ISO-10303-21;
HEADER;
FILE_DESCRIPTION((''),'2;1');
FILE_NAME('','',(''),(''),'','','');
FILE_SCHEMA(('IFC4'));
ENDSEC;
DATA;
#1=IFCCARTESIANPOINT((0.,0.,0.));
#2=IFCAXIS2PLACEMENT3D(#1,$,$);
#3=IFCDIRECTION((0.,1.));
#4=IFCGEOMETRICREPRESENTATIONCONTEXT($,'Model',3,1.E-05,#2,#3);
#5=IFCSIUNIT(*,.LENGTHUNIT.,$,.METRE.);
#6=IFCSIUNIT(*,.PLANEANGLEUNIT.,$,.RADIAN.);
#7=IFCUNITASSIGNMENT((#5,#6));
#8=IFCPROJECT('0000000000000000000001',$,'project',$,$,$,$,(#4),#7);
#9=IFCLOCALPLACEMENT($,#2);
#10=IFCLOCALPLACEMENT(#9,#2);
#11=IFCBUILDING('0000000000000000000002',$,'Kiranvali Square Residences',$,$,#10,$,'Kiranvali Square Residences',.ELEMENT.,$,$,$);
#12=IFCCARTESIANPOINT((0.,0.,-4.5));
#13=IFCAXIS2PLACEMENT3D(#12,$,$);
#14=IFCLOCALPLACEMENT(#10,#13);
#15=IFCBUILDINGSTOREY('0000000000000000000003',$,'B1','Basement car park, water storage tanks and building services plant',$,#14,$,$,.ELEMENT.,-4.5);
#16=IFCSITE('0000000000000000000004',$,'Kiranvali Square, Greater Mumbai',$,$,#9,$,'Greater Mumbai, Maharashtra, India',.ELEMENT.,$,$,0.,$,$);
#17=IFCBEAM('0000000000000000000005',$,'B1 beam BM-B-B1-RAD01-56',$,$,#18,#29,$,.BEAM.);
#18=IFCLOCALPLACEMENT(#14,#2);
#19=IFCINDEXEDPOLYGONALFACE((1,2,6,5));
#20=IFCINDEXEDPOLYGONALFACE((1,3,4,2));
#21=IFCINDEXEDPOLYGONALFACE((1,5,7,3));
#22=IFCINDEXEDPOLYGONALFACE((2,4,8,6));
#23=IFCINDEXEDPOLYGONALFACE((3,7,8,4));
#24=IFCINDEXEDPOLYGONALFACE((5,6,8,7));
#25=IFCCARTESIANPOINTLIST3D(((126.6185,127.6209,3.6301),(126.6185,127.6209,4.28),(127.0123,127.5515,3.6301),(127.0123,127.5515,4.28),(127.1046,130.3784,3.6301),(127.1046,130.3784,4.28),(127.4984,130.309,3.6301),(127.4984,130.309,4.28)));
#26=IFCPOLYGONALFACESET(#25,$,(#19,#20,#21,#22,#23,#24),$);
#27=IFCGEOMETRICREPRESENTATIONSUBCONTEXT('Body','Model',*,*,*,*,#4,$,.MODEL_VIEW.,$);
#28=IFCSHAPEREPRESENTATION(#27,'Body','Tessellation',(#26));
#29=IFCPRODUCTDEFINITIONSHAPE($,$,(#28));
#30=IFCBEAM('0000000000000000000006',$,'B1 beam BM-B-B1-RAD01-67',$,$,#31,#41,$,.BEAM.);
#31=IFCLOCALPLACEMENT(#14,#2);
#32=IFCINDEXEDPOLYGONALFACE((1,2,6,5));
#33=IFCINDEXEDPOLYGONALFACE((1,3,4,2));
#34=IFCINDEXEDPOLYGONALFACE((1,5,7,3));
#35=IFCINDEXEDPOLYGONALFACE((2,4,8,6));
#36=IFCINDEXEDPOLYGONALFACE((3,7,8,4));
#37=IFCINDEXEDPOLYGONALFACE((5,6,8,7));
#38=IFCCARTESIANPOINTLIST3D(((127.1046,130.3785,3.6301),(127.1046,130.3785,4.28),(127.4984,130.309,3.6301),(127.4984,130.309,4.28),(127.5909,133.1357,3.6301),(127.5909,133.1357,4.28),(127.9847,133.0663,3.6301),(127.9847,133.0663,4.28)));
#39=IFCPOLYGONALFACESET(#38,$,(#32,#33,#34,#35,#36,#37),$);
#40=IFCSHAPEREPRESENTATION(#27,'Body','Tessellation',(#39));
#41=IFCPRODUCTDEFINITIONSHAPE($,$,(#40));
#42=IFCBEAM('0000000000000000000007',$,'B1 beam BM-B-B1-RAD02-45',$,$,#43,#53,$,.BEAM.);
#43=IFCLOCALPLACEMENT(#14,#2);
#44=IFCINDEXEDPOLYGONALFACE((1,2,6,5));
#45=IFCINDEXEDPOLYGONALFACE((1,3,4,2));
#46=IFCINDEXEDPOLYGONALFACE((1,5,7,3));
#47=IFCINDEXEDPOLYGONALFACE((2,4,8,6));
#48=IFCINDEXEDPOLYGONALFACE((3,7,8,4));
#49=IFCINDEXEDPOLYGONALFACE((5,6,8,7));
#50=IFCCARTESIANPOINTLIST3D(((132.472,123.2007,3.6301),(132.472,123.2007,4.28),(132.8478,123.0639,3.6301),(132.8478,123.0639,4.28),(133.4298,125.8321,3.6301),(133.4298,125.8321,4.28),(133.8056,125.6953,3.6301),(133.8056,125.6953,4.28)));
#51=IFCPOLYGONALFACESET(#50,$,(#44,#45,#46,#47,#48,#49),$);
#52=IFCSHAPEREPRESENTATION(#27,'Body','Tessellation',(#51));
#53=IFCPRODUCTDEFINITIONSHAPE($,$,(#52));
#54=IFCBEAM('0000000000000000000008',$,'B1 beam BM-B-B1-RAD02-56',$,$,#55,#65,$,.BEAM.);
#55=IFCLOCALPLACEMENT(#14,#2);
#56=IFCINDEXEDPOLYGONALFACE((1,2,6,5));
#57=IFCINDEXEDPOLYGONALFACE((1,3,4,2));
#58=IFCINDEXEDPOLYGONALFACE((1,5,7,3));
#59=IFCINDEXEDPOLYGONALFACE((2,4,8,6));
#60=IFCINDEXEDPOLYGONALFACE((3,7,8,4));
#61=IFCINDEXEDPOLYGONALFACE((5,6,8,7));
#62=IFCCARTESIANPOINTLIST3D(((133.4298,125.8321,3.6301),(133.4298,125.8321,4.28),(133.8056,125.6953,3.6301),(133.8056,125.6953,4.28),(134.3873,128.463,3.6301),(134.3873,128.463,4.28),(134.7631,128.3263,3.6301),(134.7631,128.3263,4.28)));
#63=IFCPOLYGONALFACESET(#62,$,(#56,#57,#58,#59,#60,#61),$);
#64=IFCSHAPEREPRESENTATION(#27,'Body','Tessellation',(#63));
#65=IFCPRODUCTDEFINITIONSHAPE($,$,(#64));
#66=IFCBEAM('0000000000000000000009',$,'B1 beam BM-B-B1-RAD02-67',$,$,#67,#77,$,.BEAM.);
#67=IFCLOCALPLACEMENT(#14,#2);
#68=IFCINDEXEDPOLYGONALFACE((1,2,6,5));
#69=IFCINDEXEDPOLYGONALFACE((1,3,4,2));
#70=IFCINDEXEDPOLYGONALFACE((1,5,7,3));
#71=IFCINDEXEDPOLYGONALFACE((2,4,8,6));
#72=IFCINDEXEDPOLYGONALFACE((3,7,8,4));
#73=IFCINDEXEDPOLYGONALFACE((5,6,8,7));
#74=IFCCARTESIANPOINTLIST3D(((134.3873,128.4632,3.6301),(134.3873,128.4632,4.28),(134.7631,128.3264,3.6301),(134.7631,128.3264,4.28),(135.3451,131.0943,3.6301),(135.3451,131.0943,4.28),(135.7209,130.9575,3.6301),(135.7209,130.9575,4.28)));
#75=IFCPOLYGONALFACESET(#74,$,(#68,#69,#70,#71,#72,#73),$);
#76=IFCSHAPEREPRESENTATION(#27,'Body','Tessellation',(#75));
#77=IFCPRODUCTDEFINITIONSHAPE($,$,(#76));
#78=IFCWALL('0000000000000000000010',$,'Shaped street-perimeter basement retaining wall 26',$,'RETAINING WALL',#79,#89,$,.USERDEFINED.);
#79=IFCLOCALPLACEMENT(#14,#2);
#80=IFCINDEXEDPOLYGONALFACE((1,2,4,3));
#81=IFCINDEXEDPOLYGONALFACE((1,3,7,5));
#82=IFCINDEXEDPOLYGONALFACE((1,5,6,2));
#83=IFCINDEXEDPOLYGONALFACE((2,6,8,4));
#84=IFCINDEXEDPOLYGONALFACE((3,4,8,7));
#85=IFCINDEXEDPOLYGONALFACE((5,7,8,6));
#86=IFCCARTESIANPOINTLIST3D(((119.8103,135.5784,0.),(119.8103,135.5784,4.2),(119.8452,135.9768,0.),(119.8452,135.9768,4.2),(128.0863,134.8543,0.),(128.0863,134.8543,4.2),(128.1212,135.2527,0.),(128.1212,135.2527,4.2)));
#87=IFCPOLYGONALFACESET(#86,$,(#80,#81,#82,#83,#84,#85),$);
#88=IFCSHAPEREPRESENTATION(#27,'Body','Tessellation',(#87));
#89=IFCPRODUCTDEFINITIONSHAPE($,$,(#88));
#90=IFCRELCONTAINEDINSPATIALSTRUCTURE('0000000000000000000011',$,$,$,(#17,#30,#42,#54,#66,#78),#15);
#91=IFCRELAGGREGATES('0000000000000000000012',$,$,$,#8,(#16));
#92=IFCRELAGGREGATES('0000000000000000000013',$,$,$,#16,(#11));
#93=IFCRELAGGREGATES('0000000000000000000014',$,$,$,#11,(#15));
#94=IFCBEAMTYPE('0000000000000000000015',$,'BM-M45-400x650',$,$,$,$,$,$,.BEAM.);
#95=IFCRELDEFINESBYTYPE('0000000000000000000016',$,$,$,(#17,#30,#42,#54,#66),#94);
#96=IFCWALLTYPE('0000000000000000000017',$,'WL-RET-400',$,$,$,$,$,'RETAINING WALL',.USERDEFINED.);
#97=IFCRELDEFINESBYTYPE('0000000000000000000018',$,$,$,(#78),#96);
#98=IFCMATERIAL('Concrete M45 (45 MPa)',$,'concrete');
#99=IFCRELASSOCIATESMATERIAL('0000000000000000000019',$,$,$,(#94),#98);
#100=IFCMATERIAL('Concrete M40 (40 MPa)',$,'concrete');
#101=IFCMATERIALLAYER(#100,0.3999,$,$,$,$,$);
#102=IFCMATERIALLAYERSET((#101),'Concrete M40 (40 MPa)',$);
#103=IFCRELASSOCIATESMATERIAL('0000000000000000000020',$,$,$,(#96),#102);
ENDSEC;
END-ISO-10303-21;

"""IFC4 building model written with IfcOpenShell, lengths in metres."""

from ifc_helpers import new_model, si_unit, direction, frame, frame_2d, origin, origin_2d, place, context, subcontext, project, spatial, rectangle, extrude, material, layer, layer_set, material_profile, profile_set, type_object, element, save


model = new_model("IFC4")

# Units and contexts
model_context = context("Model", 3, precision=1e-05, world=origin(), true_north=direction((0.0, 1.0)))
body_context = subcontext(model_context, "Body", "Model", "MODEL_VIEW")
ifc_project = project(units=[si_unit("LENGTHUNIT", "METRE"), si_unit("PLANEANGLEUNIT", "RADIAN")], contexts=[model_context])

# Site, building, storey
site_placement = place(None, origin())
site = spatial("IfcSite", under=ifc_project, at=site_placement, Name="Kiranvali Square, Greater Mumbai", LongName="Greater Mumbai, Maharashtra, India", CompositionType="ELEMENT", RefElevation=0.0)
building_placement = place(site_placement, origin())
building = spatial("IfcBuilding", under=site, at=building_placement, Name="Kiranvali Square Residences", LongName="Kiranvali Square Residences", CompositionType="ELEMENT")
storey_placement = place(building_placement, frame((0.0, 0.0, -4.5)))
storey = spatial("IfcBuildingStorey", under=building, at=storey_placement, Name="B1", Description="Basement car park, water storage tanks and building services plant", CompositionType="ELEMENT", Elevation=-4.5)

# Shared definitions
ifc_material_1 = material(Name="Concrete M40 (40 MPa)", Category="concrete")

# Beams
ifc_material_2 = material(Name="Concrete M45 (45 MPa)", Category="concrete")
ifc_material_profile_1 = material_profile(ifc_material_2, rectangle(XDim=0.3999, YDim=0.6499, at=origin_2d()), Name="RC 400x650")
ifc_profile_set_1 = profile_set([ifc_material_profile_1], Name="Concrete M45 (45 MPa)")
beam_type = type_object("IfcBeamType", Name="BM-M45-400x650", PredefinedType="BEAM", material=ifc_profile_set_1)
beam_1_placement = place(storey_placement, frame((126.8154, 127.5862, 3.9551), z_axis=(0.173596, 0.984817, 0.0), x_axis=(-0.984817, 0.173596, 0.0)))
element("IfcBeam", 1, at=beam_1_placement, inside=storey, type_object=beam_type, Name="B1 beam BM-B-B1-RAD01-56", PredefinedType="BEAM", context=body_context, shape_type="SweptSolid", body=[
    extrude(rectangle(XDim=0.3999, YDim=0.6499, at=origin_2d()), origin(), (0.0, 0.0, 1.0), 2.8),
])
beam_2_placement = place(storey_placement, frame((127.3015, 130.3438, 3.9551), z_axis=(0.173696, 0.984799, 0.0), x_axis=(-0.984799, 0.173696, 0.0)))
element("IfcBeam", 2, at=beam_2_placement, inside=storey, type_object=beam_type, Name="B1 beam BM-B-B1-RAD01-67", PredefinedType="BEAM", context=body_context, shape_type="SweptSolid", body=[
    extrude(rectangle(XDim=0.3999, YDim=0.6499, at=origin_2d()), origin(), (0.0, 0.0, 1.0), 2.7998),
])
beam_3_placement = place(storey_placement, frame((132.6599, 123.1323, 3.9551), z_axis=(0.34203, 0.939689, 0.0), x_axis=(-0.939689, 0.34203, 0.0)))
element("IfcBeam", 3, at=beam_3_placement, inside=storey, type_object=beam_type, Name="B1 beam BM-B-B1-RAD02-45", PredefinedType="BEAM", context=body_context, shape_type="SweptSolid", body=[
    extrude(rectangle(XDim=0.3999, YDim=0.6499, at=origin_2d()), origin(), (0.0, 0.0, 1.0), 2.8003),
])
beam_4_placement = place(storey_placement, frame((133.6177, 125.7637, 3.9551), z_axis=(0.341981, 0.939707, 0.0), x_axis=(-0.939707, 0.341981, 0.0)))
element("IfcBeam", 4, at=beam_4_placement, inside=storey, type_object=beam_type, Name="B1 beam BM-B-B1-RAD02-56", PredefinedType="BEAM", context=body_context, shape_type="SweptSolid", body=[
    extrude(rectangle(XDim=0.3999, YDim=0.6499, at=origin_2d()), origin(), (0.0, 0.0, 1.0), 2.7998),
])
beam_5_placement = place(storey_placement, frame((134.5752, 128.3948, 3.9551), z_axis=(0.342058, 0.939679, 0.0), x_axis=(-0.939679, 0.342058, 0.0)))
element("IfcBeam", 5, at=beam_5_placement, inside=storey, type_object=beam_type, Name="B1 beam BM-B-B1-RAD02-67", PredefinedType="BEAM", context=body_context, shape_type="SweptSolid", body=[
    extrude(rectangle(XDim=0.3999, YDim=0.6499, at=origin_2d()), origin(), (0.0, 0.0, 1.0), 2.8),
])

# Wall
ifc_layer = layer(ifc_material_1, 0.3999)
ifc_layer_set = layer_set([ifc_layer], Name="Concrete M40 (40 MPa)")
wall_type = type_object("IfcWallType", Name="WL-RET-400", ElementType="RETAINING WALL", PredefinedType="USERDEFINED", material=ifc_layer_set)
wall_placement = place(storey_placement, frame((128.1038, 135.0535, 0.0), z_axis=(0.0, 0.0, 1.0), x_axis=(-0.996194, 0.087165, 0.0)))
element("IfcWall", 6, at=wall_placement, inside=storey, type_object=wall_type, Name="Shaped street-perimeter basement retaining wall 26", ObjectType="RETAINING WALL", PredefinedType="USERDEFINED", context=body_context, shape_type="SweptSolid", body=[
    extrude(rectangle(XDim=8.3076, YDim=0.3999, at=frame_2d((4.1538, 0.0))), origin(), (0.0, 0.0, 1.0), 4.2),
])

save(model, "model.ifc")
